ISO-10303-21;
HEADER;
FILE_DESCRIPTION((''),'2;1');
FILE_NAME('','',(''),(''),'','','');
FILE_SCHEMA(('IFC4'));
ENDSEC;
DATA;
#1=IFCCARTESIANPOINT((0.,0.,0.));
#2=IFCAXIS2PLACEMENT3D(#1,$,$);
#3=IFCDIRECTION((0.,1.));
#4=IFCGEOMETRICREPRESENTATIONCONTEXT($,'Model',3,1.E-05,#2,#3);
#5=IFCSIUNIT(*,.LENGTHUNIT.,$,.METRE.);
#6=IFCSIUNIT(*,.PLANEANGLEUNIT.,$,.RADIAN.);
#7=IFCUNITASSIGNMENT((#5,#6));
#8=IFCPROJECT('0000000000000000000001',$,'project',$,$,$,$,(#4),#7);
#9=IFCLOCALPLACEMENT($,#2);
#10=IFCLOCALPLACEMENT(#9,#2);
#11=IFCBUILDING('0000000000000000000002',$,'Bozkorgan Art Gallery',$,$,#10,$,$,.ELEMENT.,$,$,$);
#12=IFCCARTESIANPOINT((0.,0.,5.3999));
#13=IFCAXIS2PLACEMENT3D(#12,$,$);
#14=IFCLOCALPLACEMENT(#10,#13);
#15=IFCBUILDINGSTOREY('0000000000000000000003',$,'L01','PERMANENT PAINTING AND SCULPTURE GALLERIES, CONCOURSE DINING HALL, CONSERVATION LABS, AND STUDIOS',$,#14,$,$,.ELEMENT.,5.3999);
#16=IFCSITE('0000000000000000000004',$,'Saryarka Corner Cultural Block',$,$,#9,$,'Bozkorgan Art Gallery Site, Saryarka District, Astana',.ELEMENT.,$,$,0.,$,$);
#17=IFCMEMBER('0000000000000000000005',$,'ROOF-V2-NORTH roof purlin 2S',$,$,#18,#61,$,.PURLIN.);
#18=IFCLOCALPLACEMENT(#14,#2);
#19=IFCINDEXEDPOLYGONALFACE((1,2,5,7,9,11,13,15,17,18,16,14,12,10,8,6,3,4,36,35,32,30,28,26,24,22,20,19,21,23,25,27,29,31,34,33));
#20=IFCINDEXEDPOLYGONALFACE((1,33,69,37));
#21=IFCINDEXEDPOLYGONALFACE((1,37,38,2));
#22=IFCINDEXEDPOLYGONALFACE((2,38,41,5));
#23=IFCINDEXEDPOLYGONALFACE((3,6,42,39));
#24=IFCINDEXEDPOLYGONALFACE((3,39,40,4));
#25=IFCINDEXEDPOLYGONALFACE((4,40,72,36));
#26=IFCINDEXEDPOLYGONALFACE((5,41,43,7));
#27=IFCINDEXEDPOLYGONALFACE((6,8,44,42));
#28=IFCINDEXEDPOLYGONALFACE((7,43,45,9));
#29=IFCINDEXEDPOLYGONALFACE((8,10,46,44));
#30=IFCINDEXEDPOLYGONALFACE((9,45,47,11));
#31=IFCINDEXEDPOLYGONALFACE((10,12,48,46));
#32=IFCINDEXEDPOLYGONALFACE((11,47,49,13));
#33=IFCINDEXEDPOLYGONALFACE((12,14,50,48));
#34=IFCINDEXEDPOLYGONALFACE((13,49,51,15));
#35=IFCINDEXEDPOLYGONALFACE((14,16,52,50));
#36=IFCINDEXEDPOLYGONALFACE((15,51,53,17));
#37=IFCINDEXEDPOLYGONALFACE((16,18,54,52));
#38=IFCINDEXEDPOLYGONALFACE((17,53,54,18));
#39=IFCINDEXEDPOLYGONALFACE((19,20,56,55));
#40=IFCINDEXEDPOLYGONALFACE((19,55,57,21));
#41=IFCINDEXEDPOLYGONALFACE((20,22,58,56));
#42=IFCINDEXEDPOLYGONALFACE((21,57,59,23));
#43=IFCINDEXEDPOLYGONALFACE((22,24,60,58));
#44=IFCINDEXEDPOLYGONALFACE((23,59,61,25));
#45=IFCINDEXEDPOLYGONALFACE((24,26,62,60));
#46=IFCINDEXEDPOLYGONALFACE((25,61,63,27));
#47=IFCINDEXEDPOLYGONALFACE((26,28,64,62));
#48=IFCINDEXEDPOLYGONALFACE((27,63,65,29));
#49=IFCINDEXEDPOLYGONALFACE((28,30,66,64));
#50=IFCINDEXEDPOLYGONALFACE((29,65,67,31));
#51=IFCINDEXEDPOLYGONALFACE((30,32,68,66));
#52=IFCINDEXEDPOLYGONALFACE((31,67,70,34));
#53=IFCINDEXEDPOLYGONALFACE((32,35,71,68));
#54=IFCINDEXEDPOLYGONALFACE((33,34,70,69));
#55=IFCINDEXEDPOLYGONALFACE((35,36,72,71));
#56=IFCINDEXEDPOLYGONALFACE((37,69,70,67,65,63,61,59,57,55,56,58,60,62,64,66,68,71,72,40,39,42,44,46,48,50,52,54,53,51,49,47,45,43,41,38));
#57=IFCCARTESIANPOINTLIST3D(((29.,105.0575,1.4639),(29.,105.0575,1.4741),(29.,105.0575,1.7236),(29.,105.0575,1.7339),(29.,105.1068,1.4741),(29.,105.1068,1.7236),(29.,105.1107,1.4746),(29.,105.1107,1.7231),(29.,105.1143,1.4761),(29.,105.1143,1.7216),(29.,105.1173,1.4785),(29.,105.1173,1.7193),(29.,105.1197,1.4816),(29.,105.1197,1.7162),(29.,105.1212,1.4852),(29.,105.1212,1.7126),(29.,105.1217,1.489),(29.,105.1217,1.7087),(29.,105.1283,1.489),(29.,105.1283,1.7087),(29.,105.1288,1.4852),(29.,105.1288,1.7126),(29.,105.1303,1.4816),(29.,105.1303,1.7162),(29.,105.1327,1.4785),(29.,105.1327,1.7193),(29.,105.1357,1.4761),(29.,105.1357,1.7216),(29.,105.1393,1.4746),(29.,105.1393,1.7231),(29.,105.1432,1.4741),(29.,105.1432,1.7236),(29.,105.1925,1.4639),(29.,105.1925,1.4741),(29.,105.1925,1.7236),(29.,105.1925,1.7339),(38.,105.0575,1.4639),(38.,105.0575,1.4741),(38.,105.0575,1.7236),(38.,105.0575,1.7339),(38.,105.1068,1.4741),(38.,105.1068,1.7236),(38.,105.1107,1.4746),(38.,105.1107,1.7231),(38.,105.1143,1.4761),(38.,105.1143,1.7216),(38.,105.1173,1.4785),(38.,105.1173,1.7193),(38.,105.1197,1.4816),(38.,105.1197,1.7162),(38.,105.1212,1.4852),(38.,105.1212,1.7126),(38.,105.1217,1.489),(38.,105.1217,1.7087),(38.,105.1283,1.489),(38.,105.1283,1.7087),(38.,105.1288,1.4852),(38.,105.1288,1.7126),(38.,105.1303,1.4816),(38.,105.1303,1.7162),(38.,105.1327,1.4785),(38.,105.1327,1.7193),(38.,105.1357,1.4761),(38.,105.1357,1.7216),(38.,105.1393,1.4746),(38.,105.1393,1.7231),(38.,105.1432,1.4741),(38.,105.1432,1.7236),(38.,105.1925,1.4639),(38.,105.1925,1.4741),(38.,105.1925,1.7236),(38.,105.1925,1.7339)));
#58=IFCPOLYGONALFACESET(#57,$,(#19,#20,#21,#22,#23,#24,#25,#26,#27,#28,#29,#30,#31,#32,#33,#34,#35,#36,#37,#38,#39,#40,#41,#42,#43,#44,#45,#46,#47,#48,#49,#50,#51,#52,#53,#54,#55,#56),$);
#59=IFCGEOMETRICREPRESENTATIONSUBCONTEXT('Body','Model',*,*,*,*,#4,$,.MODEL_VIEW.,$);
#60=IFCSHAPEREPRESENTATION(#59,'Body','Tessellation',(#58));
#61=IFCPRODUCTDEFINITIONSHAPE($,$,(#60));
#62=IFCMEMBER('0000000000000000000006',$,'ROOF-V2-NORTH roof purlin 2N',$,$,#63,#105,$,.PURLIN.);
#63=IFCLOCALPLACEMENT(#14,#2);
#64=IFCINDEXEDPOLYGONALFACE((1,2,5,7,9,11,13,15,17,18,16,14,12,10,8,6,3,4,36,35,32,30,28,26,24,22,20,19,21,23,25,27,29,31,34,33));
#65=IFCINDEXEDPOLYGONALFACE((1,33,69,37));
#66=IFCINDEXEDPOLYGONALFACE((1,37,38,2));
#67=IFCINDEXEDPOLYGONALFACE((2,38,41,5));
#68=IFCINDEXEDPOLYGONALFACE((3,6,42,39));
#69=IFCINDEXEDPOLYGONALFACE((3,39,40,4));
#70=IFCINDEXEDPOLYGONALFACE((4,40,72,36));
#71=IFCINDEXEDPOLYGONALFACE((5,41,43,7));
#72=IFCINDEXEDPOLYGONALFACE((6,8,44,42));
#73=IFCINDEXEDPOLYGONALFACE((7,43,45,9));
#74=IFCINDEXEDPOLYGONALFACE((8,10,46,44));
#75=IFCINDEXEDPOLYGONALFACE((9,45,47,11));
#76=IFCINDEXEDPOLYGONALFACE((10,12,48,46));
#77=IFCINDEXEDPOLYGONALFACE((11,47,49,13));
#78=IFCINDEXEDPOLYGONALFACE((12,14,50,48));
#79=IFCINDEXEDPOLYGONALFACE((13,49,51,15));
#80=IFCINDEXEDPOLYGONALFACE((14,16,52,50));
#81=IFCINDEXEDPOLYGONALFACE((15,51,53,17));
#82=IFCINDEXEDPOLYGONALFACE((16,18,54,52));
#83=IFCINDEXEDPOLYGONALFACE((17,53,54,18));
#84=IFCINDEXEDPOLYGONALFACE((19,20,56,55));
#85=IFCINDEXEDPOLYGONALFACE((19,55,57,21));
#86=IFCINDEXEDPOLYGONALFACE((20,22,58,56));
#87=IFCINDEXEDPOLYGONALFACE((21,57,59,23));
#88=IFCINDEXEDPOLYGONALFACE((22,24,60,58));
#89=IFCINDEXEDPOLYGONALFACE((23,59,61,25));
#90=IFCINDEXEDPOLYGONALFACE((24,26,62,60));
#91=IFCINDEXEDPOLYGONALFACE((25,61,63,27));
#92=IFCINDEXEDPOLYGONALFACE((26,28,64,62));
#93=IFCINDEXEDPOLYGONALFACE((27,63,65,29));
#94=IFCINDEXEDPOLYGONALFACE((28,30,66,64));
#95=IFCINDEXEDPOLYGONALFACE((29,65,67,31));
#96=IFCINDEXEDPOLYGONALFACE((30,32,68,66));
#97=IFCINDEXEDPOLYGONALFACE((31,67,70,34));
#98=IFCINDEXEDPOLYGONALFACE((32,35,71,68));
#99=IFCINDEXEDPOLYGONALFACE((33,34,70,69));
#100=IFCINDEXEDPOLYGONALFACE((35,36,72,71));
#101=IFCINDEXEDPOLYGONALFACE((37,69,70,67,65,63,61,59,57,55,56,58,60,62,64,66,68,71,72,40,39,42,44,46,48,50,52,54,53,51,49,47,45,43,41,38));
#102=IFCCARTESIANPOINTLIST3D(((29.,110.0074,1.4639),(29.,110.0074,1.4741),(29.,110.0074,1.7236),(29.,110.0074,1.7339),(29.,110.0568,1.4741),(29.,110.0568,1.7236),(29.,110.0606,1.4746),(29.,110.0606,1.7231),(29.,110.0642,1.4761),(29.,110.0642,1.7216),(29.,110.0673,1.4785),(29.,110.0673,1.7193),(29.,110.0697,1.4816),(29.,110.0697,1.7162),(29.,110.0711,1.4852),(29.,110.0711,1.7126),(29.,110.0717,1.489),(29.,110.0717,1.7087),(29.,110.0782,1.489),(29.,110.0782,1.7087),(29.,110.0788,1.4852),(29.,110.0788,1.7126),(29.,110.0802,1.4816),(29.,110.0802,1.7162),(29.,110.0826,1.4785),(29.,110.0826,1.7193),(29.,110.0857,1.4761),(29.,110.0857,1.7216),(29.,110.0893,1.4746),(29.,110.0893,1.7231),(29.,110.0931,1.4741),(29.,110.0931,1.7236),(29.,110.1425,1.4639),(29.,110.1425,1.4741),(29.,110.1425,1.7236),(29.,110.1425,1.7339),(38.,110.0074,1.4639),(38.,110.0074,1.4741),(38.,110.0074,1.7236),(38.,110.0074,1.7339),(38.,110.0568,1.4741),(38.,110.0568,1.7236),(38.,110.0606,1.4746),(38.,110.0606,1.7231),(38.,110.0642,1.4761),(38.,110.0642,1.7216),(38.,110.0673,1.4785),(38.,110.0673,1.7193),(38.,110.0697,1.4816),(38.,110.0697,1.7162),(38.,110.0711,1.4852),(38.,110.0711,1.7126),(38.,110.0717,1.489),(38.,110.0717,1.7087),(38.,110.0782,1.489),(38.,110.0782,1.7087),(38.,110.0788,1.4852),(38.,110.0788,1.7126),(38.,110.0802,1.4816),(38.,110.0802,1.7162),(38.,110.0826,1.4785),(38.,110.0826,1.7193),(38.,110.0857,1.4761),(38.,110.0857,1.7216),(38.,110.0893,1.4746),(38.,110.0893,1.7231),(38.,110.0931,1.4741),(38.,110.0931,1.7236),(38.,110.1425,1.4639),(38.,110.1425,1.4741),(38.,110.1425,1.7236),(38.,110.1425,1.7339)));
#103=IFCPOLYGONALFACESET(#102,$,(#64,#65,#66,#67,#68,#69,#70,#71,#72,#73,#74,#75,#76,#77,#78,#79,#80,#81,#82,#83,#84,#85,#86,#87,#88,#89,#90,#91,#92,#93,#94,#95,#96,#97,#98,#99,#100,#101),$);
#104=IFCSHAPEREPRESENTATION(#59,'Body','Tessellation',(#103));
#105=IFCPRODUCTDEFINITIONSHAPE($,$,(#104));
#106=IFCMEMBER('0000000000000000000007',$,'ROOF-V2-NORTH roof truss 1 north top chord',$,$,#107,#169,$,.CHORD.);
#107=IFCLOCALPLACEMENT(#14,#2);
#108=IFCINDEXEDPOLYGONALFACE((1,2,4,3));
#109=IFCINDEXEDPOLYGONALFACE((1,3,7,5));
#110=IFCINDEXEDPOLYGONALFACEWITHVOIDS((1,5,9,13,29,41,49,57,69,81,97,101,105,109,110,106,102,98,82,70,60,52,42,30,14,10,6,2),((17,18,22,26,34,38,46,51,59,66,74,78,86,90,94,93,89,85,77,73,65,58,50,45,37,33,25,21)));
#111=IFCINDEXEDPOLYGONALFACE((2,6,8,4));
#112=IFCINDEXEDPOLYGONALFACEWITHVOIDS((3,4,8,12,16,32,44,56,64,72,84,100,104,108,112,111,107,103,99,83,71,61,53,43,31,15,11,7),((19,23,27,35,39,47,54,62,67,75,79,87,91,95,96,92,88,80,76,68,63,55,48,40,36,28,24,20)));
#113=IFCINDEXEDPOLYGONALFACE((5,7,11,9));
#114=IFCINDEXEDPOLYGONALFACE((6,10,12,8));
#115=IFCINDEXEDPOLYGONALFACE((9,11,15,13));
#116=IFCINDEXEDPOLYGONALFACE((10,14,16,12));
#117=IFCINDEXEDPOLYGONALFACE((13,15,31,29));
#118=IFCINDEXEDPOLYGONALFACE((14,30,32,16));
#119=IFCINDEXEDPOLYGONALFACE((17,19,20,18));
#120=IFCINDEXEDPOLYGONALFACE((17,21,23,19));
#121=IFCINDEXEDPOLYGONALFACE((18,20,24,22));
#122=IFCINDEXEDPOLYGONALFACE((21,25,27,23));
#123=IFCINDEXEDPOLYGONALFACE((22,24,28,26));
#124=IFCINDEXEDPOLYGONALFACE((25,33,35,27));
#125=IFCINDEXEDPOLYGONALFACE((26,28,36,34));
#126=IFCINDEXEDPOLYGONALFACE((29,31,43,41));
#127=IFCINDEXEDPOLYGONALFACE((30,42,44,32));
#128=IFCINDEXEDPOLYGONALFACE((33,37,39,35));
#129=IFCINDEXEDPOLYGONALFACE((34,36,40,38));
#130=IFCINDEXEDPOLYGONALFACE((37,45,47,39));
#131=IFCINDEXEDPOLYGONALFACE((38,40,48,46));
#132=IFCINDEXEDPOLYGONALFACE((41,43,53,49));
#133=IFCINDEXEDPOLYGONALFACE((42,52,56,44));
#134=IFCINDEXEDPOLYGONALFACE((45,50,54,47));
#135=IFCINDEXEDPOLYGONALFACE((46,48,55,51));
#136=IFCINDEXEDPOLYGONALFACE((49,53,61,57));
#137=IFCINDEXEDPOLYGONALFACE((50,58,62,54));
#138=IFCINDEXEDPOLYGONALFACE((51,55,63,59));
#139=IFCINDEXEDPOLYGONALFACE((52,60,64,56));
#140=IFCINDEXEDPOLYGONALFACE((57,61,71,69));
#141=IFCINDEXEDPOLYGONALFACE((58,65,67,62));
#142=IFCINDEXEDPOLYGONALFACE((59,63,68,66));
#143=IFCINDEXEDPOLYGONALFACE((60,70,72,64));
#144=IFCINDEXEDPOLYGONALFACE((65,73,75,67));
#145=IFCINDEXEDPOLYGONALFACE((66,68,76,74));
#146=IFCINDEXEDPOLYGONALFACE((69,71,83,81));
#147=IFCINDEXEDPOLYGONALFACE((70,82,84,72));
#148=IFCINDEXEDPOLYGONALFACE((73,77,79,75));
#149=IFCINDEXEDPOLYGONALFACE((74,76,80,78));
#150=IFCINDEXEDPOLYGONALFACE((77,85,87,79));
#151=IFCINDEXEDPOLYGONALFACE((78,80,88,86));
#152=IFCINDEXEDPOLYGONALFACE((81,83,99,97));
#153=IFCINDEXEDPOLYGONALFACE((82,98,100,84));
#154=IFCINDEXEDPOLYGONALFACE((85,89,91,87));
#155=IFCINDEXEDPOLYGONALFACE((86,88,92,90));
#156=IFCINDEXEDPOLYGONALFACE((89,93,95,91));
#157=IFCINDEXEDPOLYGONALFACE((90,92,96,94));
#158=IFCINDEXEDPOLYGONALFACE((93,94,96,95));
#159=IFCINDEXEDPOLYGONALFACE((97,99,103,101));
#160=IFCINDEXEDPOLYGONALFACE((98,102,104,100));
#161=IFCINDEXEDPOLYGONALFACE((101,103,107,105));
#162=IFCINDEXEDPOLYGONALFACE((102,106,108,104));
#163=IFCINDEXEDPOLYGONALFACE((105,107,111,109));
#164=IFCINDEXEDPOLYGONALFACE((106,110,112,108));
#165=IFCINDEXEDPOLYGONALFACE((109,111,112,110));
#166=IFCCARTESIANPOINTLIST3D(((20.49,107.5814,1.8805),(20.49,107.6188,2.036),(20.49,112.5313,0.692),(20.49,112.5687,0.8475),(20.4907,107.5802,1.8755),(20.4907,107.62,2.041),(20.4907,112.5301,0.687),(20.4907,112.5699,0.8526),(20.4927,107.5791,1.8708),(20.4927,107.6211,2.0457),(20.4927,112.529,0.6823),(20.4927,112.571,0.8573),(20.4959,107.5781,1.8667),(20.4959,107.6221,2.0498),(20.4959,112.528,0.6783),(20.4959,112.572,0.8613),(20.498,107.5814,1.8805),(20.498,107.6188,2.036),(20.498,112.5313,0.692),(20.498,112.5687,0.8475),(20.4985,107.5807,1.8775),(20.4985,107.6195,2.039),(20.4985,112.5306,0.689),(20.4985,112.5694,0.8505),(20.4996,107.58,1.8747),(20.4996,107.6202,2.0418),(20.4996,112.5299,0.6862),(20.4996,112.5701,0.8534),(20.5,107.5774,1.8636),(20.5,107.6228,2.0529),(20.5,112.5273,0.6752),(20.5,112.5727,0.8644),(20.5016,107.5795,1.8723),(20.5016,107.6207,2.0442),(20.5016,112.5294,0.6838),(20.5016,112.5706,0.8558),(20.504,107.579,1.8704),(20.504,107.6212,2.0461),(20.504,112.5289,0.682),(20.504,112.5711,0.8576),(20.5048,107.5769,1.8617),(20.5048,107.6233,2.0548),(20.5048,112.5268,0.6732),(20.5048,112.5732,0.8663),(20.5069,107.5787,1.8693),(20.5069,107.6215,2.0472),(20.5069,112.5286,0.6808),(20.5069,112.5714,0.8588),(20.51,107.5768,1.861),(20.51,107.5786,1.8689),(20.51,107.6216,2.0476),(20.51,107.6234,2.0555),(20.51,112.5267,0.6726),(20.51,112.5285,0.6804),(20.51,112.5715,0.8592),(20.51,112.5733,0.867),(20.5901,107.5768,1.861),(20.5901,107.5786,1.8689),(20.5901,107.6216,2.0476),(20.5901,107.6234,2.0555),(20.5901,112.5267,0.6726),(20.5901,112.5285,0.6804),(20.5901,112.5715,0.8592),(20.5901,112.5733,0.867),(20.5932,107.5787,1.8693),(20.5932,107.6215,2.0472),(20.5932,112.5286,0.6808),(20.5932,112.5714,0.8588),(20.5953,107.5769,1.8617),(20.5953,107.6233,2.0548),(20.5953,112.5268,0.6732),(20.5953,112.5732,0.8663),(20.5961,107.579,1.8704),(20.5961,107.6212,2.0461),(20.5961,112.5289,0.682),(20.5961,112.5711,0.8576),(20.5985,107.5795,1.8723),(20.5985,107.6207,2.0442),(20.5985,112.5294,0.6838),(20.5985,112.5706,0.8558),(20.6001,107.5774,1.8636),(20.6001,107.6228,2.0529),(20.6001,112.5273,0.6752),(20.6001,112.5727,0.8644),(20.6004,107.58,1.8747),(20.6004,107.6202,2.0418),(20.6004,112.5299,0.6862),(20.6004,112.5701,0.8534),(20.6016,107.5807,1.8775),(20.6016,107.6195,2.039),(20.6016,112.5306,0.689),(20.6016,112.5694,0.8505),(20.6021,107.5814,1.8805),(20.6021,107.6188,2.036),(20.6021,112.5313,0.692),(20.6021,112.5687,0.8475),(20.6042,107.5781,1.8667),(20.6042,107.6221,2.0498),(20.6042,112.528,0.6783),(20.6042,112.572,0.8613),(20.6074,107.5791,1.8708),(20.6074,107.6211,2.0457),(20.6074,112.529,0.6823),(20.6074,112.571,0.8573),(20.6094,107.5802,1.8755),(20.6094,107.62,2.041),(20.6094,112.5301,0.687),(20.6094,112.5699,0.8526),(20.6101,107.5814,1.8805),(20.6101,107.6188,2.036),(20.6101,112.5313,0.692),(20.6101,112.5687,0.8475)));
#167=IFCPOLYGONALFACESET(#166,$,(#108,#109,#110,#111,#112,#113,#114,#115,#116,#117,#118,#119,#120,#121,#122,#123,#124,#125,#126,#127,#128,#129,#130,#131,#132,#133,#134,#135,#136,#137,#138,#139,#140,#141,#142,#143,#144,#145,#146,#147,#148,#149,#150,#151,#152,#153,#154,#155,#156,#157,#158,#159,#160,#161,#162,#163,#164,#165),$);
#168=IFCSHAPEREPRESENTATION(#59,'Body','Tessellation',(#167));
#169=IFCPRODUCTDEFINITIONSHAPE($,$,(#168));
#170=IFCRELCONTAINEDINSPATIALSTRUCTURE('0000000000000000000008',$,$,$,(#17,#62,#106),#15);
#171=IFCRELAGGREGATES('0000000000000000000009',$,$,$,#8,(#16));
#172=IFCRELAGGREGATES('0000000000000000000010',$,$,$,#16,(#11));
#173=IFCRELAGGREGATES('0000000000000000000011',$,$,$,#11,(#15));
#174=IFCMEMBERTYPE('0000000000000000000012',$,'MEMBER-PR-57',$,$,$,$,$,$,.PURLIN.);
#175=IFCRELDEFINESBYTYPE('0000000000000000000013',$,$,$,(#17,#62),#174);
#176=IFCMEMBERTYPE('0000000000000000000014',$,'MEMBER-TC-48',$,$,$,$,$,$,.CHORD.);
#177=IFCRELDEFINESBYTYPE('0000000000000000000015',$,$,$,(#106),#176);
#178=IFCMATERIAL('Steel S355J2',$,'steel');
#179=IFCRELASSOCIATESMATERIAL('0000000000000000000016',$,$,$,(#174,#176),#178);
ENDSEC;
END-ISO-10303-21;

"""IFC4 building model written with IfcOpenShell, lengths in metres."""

from ifc_helpers import new_model, si_unit, direction, frame, origin, origin_2d, place, context, subcontext, project, spatial, hollow_rectangle, i_section, extrude, material, material_profile, profile_set, type_object, element, save


model = new_model("IFC4")

# Units and contexts
model_context = context("Model", 3, precision=1e-05, world=origin(), true_north=direction((0.0, 1.0)))
body_context = subcontext(model_context, "Body", "Model", "MODEL_VIEW")
ifc_project = project(units=[si_unit("LENGTHUNIT", "METRE"), si_unit("PLANEANGLEUNIT", "RADIAN")], contexts=[model_context])

# Site, building, storey
site_placement = place(None, origin())
site = spatial("IfcSite", under=ifc_project, at=site_placement, Name="Saryarka Corner Cultural Block", LongName="Bozkorgan Art Gallery Site, Saryarka District, Astana", CompositionType="ELEMENT", RefElevation=0.0)
building_placement = place(site_placement, origin())
building = spatial("IfcBuilding", under=site, at=building_placement, Name="Bozkorgan Art Gallery", CompositionType="ELEMENT")
storey_placement = place(building_placement, frame((0.0, 0.0, 5.3999)))
storey = spatial("IfcBuildingStorey", under=building, at=storey_placement, Name="L01", Description="PERMANENT PAINTING AND SCULPTURE GALLERIES, CONCOURSE DINING HALL, CONSERVATION LABS, AND STUDIOS", CompositionType="ELEMENT", Elevation=5.3999)

# Shared definitions
ifc_material_1 = material(Name="Steel S355J2", Category="steel")

# Members
ifc_material_profile_1 = material_profile(ifc_material_1, i_section(OverallWidth=0.135, OverallDepth=0.27, WebThickness=0.0066, FlangeThickness=0.0103, FilletRadius=0.0149, at=origin_2d()), Name="IPE 270")
ifc_profile_set_1 = profile_set([ifc_material_profile_1], Name="Steel S355J2")
member_type_1 = type_object("IfcMemberType", Name="MEMBER-PR-57", PredefinedType="PURLIN", material=ifc_profile_set_1)
for number, where, z_axis, x_axis, name in (
    (1, (29.0, 105.125, 1.5989), (1.0, 0.0, 0.0), (0.0, 1.0, 0.0), "ROOF-V2-NORTH roof purlin 2S"),
    (2, (29.0, 110.075, 1.5989), (1.0, 0.0, 0.0), (0.0, 1.0, 0.0), "ROOF-V2-NORTH roof purlin 2N"),
):
    element("IfcMember", number, at=place(storey_placement, frame(where, z_axis=z_axis, x_axis=x_axis)), inside=storey, type_object=member_type_1, Name=name, PredefinedType="PURLIN", context=body_context, shape_type="SweptSolid", body=[
        extrude(i_section(OverallWidth=0.135, OverallDepth=0.27, WebThickness=0.0066, FlangeThickness=0.0103, FilletRadius=0.0149, at=origin_2d()), origin(), (0.0, 0.0, 1.0), 9.0),
    ])
ifc_material_profile_2 = material_profile(ifc_material_1, hollow_rectangle(XDim=0.1201, YDim=0.2, WallThickness=0.0081, InnerFilletRadius=0.012, OuterFilletRadius=0.02, at=origin_2d()), Name="RHS 200x120x8")
ifc_profile_set_2 = profile_set([ifc_material_profile_2], Name="Steel S355J2")
member_type_2 = type_object("IfcMemberType", Name="MEMBER-TC-48", PredefinedType="CHORD", material=ifc_profile_set_2)
for number, where, z_axis, x_axis, name in (
    (3, (20.55, 107.6001, 1.9583), (0.0, 0.972366, -0.233464), (-1.0, 0.0, 0.0), "ROOF-V2-NORTH roof truss 1 north top chord"),
):
    element("IfcMember", number, at=place(storey_placement, frame(where, z_axis=z_axis, x_axis=x_axis)), inside=storey, type_object=member_type_2, Name=name, PredefinedType="CHORD", context=body_context, shape_type="SweptSolid", body=[
        extrude(hollow_rectangle(XDim=0.1201, YDim=0.2, WallThickness=0.0081, InnerFilletRadius=0.012, OuterFilletRadius=0.02, at=origin_2d()), origin(), (0.0, 0.0, 1.0), 5.0906),
    ])

save(model, "model.ifc")
